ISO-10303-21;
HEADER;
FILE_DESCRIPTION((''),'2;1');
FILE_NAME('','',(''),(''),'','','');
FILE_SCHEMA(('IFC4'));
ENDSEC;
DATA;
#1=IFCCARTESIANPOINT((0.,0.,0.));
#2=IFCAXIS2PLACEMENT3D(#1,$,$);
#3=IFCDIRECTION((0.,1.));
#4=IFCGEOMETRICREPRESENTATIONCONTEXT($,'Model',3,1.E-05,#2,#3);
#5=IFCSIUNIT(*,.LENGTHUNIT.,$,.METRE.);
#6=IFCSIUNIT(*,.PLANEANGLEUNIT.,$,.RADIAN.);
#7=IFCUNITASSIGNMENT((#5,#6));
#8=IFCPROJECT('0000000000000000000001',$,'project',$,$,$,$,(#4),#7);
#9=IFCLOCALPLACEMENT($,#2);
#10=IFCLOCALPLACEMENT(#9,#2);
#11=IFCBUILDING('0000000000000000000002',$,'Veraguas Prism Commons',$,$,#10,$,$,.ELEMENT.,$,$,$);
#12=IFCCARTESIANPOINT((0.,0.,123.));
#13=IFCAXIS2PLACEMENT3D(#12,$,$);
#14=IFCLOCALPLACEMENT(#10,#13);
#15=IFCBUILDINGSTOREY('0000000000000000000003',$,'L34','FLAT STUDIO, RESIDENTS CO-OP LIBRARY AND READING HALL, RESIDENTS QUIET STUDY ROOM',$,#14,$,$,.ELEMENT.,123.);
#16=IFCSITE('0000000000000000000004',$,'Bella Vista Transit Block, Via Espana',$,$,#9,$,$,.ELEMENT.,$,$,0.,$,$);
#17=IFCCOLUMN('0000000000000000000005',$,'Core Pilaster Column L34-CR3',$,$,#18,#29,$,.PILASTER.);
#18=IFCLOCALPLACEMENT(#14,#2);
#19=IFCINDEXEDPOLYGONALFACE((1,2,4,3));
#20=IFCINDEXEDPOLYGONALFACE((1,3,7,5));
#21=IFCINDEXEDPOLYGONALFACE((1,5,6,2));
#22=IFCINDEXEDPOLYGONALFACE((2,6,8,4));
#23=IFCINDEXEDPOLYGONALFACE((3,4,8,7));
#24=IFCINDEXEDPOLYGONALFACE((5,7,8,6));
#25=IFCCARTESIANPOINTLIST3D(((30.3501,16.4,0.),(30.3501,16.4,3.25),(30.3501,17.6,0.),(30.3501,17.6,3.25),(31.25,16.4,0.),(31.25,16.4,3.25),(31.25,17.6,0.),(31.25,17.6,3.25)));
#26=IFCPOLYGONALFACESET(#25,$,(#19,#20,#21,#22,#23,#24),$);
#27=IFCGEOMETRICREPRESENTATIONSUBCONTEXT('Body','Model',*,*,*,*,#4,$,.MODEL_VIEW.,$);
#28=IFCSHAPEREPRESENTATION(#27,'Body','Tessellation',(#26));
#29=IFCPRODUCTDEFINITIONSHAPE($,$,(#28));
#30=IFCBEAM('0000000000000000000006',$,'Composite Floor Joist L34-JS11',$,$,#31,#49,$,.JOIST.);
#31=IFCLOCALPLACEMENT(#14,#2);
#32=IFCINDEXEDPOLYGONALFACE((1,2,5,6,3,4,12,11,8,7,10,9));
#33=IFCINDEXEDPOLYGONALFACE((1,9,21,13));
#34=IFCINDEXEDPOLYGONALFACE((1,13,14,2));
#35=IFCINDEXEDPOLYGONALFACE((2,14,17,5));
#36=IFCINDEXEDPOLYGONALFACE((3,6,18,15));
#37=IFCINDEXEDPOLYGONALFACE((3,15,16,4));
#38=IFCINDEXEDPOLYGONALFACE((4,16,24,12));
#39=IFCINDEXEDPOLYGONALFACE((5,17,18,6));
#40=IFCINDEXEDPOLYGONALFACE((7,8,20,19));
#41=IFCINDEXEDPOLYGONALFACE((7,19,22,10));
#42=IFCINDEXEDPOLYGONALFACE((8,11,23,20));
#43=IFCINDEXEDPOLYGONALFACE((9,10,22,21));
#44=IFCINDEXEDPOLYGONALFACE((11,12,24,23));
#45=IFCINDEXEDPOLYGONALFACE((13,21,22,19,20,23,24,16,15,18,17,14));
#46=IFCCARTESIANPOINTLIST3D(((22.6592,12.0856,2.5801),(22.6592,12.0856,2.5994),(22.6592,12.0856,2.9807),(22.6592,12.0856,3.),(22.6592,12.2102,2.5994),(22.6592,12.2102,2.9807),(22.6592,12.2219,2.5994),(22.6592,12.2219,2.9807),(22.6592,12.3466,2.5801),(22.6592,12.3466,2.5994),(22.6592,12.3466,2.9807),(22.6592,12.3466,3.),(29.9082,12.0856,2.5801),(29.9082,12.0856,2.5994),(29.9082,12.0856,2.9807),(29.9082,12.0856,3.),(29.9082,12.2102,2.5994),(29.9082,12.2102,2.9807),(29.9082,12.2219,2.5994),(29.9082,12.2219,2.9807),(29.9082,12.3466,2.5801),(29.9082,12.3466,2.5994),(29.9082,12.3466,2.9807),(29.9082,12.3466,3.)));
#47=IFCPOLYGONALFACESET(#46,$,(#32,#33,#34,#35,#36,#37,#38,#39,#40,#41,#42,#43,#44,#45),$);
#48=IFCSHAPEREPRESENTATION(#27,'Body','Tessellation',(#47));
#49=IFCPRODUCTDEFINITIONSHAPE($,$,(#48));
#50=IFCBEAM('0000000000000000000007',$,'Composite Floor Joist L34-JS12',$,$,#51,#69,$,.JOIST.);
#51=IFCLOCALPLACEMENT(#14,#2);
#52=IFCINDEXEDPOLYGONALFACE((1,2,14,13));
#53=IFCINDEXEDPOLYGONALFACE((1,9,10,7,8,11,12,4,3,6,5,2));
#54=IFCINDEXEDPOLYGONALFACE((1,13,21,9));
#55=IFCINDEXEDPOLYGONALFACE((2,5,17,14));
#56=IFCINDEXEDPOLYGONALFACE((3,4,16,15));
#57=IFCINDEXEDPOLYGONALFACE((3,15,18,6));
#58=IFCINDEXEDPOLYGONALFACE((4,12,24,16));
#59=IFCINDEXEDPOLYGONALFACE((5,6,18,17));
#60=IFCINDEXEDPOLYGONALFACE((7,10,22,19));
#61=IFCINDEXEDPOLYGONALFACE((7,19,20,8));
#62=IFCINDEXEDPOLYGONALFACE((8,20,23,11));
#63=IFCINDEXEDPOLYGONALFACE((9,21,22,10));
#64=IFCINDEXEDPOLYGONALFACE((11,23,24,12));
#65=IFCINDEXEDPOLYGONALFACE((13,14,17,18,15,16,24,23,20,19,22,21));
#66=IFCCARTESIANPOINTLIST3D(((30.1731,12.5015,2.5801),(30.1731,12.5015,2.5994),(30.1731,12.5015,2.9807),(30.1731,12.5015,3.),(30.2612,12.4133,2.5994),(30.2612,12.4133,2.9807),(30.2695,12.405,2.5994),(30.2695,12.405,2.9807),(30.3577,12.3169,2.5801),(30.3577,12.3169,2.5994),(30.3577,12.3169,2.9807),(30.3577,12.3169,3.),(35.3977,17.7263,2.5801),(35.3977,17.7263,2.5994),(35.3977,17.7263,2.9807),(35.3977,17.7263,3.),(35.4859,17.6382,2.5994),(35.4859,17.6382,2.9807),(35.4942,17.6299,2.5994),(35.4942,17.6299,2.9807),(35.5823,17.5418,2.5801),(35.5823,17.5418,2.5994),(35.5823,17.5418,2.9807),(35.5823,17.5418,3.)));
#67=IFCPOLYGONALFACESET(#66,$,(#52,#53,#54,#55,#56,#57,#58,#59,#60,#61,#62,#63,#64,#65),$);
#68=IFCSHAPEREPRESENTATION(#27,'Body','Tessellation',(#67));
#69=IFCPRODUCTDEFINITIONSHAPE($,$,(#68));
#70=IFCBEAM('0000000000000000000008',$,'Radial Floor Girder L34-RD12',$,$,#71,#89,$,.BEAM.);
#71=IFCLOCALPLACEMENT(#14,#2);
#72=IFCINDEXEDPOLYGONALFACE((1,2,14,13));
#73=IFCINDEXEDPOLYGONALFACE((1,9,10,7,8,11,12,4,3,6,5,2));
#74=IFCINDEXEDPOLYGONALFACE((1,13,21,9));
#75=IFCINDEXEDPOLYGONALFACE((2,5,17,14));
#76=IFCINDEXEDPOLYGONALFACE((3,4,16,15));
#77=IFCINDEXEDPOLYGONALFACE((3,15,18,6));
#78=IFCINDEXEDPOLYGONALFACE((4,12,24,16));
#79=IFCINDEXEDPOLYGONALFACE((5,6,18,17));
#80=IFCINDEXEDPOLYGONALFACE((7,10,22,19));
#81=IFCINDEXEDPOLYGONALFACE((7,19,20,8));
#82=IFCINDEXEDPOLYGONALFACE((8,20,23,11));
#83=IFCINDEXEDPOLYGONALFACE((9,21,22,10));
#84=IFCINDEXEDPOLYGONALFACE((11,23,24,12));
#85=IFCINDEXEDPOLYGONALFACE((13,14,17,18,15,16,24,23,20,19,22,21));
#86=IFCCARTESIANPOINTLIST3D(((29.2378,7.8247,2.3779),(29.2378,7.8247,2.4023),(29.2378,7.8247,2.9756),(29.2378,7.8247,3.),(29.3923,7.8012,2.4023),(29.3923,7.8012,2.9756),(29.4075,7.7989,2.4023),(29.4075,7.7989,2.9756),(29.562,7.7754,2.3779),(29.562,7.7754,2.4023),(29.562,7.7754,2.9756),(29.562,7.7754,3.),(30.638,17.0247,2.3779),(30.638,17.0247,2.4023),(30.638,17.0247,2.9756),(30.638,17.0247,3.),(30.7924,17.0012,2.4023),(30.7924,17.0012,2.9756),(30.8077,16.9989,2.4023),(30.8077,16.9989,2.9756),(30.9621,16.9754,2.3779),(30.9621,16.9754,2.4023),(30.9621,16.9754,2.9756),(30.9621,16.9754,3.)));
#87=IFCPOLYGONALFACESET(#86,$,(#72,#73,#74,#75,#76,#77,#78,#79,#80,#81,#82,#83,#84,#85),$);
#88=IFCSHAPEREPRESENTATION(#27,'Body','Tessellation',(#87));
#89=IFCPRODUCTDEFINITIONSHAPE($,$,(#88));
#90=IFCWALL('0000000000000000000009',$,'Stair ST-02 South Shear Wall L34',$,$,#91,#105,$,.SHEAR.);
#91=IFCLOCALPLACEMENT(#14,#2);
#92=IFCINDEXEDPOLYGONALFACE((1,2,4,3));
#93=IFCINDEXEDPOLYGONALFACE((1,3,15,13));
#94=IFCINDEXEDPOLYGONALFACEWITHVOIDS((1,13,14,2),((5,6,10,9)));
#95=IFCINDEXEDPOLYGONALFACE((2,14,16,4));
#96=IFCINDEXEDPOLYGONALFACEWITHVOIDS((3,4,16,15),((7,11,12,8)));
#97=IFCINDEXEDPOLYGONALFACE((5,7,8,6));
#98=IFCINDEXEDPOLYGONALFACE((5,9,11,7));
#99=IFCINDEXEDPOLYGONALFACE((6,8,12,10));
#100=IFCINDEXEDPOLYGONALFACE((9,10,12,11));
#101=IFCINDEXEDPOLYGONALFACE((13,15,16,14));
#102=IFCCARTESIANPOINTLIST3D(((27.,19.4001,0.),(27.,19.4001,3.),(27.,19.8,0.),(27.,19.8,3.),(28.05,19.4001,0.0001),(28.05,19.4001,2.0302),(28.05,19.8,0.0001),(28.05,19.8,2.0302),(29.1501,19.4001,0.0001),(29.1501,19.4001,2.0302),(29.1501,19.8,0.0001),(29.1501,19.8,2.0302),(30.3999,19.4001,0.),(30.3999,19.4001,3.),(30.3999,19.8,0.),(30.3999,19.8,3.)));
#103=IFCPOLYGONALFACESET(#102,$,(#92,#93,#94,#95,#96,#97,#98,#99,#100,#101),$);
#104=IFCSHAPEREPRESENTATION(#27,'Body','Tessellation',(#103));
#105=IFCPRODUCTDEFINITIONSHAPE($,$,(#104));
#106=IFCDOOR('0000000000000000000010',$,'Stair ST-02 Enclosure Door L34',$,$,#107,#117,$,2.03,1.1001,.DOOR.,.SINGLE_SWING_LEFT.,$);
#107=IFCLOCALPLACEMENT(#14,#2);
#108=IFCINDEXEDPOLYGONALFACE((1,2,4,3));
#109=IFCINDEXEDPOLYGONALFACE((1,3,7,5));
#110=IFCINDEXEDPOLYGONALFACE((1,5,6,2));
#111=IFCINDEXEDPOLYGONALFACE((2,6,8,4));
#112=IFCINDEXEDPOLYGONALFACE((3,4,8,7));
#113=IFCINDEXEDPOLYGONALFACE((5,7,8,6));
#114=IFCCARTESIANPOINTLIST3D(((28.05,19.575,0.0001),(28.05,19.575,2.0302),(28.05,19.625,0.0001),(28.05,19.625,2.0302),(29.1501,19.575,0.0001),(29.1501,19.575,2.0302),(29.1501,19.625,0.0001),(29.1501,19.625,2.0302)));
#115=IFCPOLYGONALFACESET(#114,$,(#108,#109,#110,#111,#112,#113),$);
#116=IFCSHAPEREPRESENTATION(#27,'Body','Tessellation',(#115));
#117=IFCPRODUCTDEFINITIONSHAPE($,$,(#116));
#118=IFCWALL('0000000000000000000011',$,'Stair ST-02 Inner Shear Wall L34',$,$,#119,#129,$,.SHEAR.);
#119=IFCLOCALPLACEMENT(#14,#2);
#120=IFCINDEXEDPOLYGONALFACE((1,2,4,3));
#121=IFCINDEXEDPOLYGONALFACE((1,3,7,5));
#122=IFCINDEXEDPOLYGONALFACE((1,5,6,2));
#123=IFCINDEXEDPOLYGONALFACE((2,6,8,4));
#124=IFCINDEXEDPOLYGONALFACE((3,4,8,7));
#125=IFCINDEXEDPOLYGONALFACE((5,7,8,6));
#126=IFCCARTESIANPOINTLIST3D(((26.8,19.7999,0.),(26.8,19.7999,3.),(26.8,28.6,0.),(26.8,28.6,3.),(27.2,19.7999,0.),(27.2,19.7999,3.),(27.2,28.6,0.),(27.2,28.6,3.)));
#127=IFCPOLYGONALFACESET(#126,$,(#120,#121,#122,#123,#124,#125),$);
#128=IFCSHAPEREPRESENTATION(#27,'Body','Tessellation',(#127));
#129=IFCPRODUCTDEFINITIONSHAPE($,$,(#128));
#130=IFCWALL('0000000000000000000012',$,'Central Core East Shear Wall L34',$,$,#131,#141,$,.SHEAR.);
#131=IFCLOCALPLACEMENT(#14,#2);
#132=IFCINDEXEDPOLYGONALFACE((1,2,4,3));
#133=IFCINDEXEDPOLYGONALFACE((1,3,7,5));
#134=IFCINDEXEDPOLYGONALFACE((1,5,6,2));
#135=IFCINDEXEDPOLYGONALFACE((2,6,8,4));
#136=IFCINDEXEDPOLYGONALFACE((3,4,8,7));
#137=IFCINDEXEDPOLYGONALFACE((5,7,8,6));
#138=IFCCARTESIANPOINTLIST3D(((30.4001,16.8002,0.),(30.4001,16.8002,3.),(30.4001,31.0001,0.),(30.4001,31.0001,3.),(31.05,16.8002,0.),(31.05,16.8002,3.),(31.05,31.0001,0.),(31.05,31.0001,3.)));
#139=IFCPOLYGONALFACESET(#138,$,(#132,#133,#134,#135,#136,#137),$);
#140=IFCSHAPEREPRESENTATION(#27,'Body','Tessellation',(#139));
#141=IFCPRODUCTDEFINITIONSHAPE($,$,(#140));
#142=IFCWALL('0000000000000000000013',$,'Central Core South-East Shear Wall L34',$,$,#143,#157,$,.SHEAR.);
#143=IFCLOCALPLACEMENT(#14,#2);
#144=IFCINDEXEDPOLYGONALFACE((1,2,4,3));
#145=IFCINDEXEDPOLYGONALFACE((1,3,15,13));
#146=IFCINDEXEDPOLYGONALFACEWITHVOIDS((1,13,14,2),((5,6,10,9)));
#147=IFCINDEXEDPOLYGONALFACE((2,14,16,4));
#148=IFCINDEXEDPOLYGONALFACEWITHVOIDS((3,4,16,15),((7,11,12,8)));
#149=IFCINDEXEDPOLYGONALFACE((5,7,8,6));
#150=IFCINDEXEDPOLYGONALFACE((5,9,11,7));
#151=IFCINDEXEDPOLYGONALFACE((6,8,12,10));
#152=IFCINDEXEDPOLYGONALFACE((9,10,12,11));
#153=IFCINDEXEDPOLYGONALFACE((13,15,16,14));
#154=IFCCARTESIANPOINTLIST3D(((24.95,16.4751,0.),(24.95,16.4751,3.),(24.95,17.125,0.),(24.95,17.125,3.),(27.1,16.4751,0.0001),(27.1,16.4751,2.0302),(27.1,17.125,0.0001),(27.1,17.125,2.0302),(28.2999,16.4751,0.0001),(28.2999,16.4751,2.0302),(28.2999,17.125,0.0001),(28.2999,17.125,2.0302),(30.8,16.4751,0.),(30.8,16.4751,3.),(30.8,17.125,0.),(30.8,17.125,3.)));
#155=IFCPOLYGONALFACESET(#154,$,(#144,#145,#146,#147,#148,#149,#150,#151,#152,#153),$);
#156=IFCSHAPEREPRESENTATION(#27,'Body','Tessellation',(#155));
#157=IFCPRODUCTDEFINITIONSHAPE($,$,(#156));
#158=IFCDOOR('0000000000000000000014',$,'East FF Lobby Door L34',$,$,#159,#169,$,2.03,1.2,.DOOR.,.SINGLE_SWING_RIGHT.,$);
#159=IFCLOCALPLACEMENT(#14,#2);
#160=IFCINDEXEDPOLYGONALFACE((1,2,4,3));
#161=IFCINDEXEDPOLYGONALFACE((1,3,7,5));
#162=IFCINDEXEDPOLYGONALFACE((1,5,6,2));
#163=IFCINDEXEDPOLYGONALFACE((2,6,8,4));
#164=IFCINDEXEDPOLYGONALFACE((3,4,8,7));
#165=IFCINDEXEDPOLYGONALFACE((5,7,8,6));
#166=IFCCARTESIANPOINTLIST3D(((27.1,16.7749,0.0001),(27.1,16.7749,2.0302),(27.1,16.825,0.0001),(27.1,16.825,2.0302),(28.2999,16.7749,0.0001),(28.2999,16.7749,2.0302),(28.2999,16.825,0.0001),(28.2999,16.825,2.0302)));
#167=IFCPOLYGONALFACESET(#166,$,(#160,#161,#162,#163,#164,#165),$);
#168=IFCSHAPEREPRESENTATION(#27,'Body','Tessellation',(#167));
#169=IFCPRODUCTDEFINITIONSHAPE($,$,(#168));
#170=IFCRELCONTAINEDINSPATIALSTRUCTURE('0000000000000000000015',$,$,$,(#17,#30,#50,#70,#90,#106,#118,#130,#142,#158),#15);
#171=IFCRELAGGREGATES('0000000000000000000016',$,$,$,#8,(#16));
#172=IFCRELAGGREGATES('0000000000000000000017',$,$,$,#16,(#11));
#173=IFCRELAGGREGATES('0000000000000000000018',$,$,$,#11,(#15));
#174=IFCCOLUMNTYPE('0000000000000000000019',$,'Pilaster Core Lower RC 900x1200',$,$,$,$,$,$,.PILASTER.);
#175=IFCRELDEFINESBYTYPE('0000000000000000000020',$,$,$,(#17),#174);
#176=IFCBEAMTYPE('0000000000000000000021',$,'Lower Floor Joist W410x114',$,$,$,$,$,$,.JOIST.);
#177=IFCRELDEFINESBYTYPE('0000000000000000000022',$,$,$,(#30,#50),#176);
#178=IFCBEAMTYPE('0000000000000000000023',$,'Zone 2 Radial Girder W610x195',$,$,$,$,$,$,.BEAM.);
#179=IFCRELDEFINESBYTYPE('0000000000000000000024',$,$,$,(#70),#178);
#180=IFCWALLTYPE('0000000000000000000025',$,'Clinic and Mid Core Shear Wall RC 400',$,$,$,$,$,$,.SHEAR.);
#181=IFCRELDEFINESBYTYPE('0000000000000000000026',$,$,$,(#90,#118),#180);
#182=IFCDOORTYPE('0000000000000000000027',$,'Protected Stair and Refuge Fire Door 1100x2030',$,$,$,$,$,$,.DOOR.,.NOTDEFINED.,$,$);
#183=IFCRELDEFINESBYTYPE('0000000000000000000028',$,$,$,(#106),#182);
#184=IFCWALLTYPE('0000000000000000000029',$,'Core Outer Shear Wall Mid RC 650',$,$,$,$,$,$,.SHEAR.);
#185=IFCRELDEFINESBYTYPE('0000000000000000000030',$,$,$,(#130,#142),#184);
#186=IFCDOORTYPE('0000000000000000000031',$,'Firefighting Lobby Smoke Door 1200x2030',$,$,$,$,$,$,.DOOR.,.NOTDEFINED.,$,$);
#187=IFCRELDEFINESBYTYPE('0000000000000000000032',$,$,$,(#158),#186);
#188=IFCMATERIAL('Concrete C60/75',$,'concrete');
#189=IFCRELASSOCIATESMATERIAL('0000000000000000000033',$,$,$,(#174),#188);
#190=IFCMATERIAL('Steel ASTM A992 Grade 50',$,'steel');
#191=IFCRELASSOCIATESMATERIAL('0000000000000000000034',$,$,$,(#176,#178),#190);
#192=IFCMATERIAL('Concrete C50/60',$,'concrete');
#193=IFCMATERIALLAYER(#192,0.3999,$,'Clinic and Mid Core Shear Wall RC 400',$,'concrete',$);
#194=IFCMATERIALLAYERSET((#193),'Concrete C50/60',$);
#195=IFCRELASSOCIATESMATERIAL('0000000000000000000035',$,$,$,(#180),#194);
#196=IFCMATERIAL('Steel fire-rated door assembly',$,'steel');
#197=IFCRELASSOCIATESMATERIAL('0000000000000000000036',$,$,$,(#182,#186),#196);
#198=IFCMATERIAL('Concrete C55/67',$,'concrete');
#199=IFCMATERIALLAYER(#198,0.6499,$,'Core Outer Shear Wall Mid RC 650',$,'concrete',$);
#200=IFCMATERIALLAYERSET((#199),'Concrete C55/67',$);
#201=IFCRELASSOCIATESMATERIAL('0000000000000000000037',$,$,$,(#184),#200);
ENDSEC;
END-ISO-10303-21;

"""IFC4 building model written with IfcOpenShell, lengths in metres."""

from ifc_helpers import new_model, si_unit, direction, frame, frame_2d, origin, origin_2d, place, context, subcontext, project, spatial, rectangle, i_section, extrude, source, transform, mapped, material, layer, layer_set, material_profile, profile_set, type_object, element, fill, save


model = new_model("IFC4")

# Units and contexts
model_context = context("Model", 3, precision=1e-05, world=origin(), true_north=direction((0.0, 1.0)))
body_context = subcontext(model_context, "Body", "Model", "MODEL_VIEW")
ifc_project = project(units=[si_unit("LENGTHUNIT", "METRE"), si_unit("PLANEANGLEUNIT", "RADIAN")], contexts=[model_context])

# Site, building, storey
site_placement = place(None, origin())
site = spatial("IfcSite", under=ifc_project, at=site_placement, Name="Bella Vista Transit Block, Via Espana", CompositionType="ELEMENT", RefElevation=0.0)
building_placement = place(site_placement, origin())
building = spatial("IfcBuilding", under=site, at=building_placement, Name="Veraguas Prism Commons", CompositionType="ELEMENT")
storey_placement = place(building_placement, frame((0.0, 0.0, 123.0)))
storey = spatial("IfcBuildingStorey", under=building, at=storey_placement, Name="L34", Description="FLAT STUDIO, RESIDENTS CO-OP LIBRARY AND READING HALL, RESIDENTS QUIET STUDY ROOM", CompositionType="ELEMENT", Elevation=123.0)

# Column
ifc_material_1 = material(Name="Concrete C60/75", Category="concrete")
ifc_material_profile_1 = material_profile(ifc_material_1, rectangle(XDim=0.8999, YDim=1.2, at=origin_2d()), Name="RC900X1200")
ifc_profile_set_1 = profile_set([ifc_material_profile_1], Name="Concrete C60/75")
column_type = type_object("IfcColumnType", Name="Pilaster Core Lower RC 900x1200", PredefinedType="PILASTER", material=ifc_profile_set_1)
column_placement = place(storey_placement, frame((30.8, 17.0, 0.0), z_axis=(0.0, 0.0, 1.0), x_axis=(1.0, 0.0, 0.0)))
element("IfcColumn", 1, at=column_placement, inside=storey, type_object=column_type, Name="Core Pilaster Column L34-CR3", PredefinedType="PILASTER", context=body_context, shape_type="SweptSolid", body=[
    extrude(rectangle(XDim=0.8999, YDim=1.2, at=origin_2d()), origin(), (0.0, 0.0, 1.0), 3.25),
])

# Beams
ifc_material_2 = material(Name="Steel ASTM A992 Grade 50", Category="steel")
ifc_material_profile_2 = material_profile(ifc_material_2, i_section(OverallWidth=0.261, OverallDepth=0.4199, WebThickness=0.0117, FlangeThickness=0.0193, at=origin_2d()), Name="W410X114")
ifc_profile_set_2 = profile_set([ifc_material_profile_2], Name="Steel ASTM A992 Grade 50")
beam_type_1 = type_object("IfcBeamType", Name="Lower Floor Joist W410x114", PredefinedType="JOIST", material=ifc_profile_set_2)
beam_1_placement = place(storey_placement, frame((22.6592, 12.2161, 2.79), z_axis=(1.0, 0.0, 0.0), x_axis=(0.0, 1.0, 0.0)))
element("IfcBeam", 2, at=beam_1_placement, inside=storey, type_object=beam_type_1, Name="Composite Floor Joist L34-JS11", PredefinedType="JOIST", context=body_context, shape_type="SweptSolid", body=[
    extrude(i_section(OverallWidth=0.261, OverallDepth=0.4199, WebThickness=0.0117, FlangeThickness=0.0193, at=origin_2d()), origin(), (0.0, 0.0, 1.0), 7.249),
])
beam_2_placement = place(storey_placement, frame((30.2654, 12.4092, 2.79), z_axis=(0.70709, 0.707123, 0.0), x_axis=(-0.707123, 0.70709, 0.0)))
element("IfcBeam", 3, at=beam_2_placement, inside=storey, type_object=beam_type_1, Name="Composite Floor Joist L34-JS12", PredefinedType="JOIST", context=body_context, shape_type="SweptSolid", body=[
    extrude(i_section(OverallWidth=0.261, OverallDepth=0.4199, WebThickness=0.0117, FlangeThickness=0.0193, at=origin_2d()), origin(), (0.0, 0.0, 1.0), 7.3889),
])
ifc_material_profile_3 = material_profile(ifc_material_2, i_section(OverallWidth=0.3279, OverallDepth=0.6221, WebThickness=0.0154, FlangeThickness=0.0244, at=origin_2d()), Name="W610X195")
ifc_profile_set_3 = profile_set([ifc_material_profile_3], Name="Steel ASTM A992 Grade 50")
beam_type_2 = type_object("IfcBeamType", Name="Zone 2 Radial Girder W610x195", PredefinedType="BEAM", material=ifc_profile_set_3)
beam_3_placement = place(storey_placement, frame((29.3999, 7.8, 2.689), z_axis=(0.150458, 0.988616, 0.0), x_axis=(-0.988616, 0.150458, 0.0)))
element("IfcBeam", 4, at=beam_3_placement, inside=storey, type_object=beam_type_2, Name="Radial Floor Girder L34-RD12", PredefinedType="BEAM", context=body_context, shape_type="SweptSolid", body=[
    extrude(i_section(OverallWidth=0.3279, OverallDepth=0.6221, WebThickness=0.0154, FlangeThickness=0.0244, at=origin_2d()), origin(), (0.0, 0.0, 1.0), 9.3059),
])

# Wall, opening, door
ifc_material_3 = material(Name="Concrete C50/60", Category="concrete")
ifc_layer_1 = layer(ifc_material_3, 0.3999, Name="Clinic and Mid Core Shear Wall RC 400", Category="concrete")
ifc_layer_set_1 = layer_set([ifc_layer_1], Name="Concrete C50/60")
wall_type_1 = type_object("IfcWallType", Name="Clinic and Mid Core Shear Wall RC 400", PredefinedType="SHEAR", material=ifc_layer_set_1)
wall_1_placement = place(storey_placement, frame((27.0, 19.6001, 0.0), z_axis=(0.0, 0.0, 1.0), x_axis=(1.0, 0.0, 0.0)))
wall_1 = element("IfcWall", 5, at=wall_1_placement, inside=storey, type_object=wall_type_1, Name="Stair ST-02 South Shear Wall L34", PredefinedType="SHEAR", context=body_context, shape_type="SweptSolid", body=[
    extrude(rectangle(XDim=3.3999, YDim=0.3999, at=frame_2d((1.7, 0.0))), origin(), (0.0, 0.0, 1.0), 3.0),
])
opening_1_placement = place(wall_1_placement, frame((1.05, 0.0, 0.0)))
opening_1 = element("IfcOpeningElement", 6, at=opening_1_placement, cuts=wall_1, PredefinedType="OPENING", context=body_context, shape_type="SweptSolid", body=[
    extrude(rectangle(XDim=1.1001, YDim=2.03, at=frame_2d((0.55, 1.0151))), frame((0.0, 0.21, 0.0), z_axis=(0.0, -1.0, 0.0), x_axis=(1.0, 0.0, 0.0)), (0.0, 0.0, 1.0), 0.4199),
])
ifc_material_4 = material(Name="Steel fire-rated door assembly", Category="steel")
door_type_1 = type_object("IfcDoorType", Name="Protected Stair and Refuge Fire Door 1100x2030", OperationType="NOTDEFINED", PredefinedType="DOOR", material=ifc_material_4)
shared_shape_1 = source(origin(), body_context, "Body", "SweptSolid", [
    extrude(rectangle(XDim=1.1001, YDim=2.03, at=frame_2d((0.55, 1.0151))), frame((0.0, 0.0249, 0.0), z_axis=(0.0, -1.0, 0.0), x_axis=(1.0, 0.0, 0.0)), (0.0, 0.0, 1.0), 0.05),
])
door_1_placement = place(opening_1_placement, origin())
door_1 = element("IfcDoor", 7, at=door_1_placement, inside=storey, type_object=door_type_1, Name="Stair ST-02 Enclosure Door L34", OperationType="SINGLE_SWING_LEFT", OverallHeight=2.03, OverallWidth=1.1001, PredefinedType="DOOR", context=body_context, shape_type="MappedRepresentation", body=[
    mapped(shared_shape_1, transform((0.0, 0.0, 0.0), scale=1.0)),
])
fill(opening_1, door_1)

# Walls
wall_2_placement = place(storey_placement, frame((27.0, 19.8, 0.0), z_axis=(0.0, 0.0, 1.0), x_axis=(0.0, 1.0, 0.0)))
element("IfcWall", 8, at=wall_2_placement, inside=storey, type_object=wall_type_1, Name="Stair ST-02 Inner Shear Wall L34", PredefinedType="SHEAR", context=body_context, shape_type="SweptSolid", body=[
    extrude(rectangle(XDim=8.8, YDim=0.3999, at=frame_2d((4.3999, 0.0))), origin(), (0.0, 0.0, 1.0), 3.0),
])
ifc_material_5 = material(Name="Concrete C55/67", Category="concrete")
ifc_layer_2 = layer(ifc_material_5, 0.6499, Name="Core Outer Shear Wall Mid RC 650", Category="concrete")
ifc_layer_set_2 = layer_set([ifc_layer_2], Name="Concrete C55/67")
wall_type_2 = type_object("IfcWallType", Name="Core Outer Shear Wall Mid RC 650", PredefinedType="SHEAR", material=ifc_layer_set_2)
wall_3_placement = place(storey_placement, frame((30.7251, 16.8, 0.0), z_axis=(0.0, 0.0, 1.0), x_axis=(0.0, 1.0, 0.0)))
element("IfcWall", 9, at=wall_3_placement, inside=storey, type_object=wall_type_2, Name="Central Core East Shear Wall L34", PredefinedType="SHEAR", context=body_context, shape_type="SweptSolid", body=[
    extrude(rectangle(XDim=14.2, YDim=0.6499, at=frame_2d((7.1001, 0.0))), origin(), (0.0, 0.0, 1.0), 3.0),
])

# Wall, opening, door
wall_4_placement = place(storey_placement, frame((24.95, 16.8, 0.0), z_axis=(0.0, 0.0, 1.0), x_axis=(1.0, 0.0, 0.0)))
wall_4 = element("IfcWall", 10, at=wall_4_placement, inside=storey, type_object=wall_type_2, Name="Central Core South-East Shear Wall L34", PredefinedType="SHEAR", context=body_context, shape_type="SweptSolid", body=[
    extrude(rectangle(XDim=5.8501, YDim=0.6499, at=frame_2d((2.925, 0.0))), origin(), (0.0, 0.0, 1.0), 3.0),
])
opening_2_placement = place(wall_4_placement, frame((2.1499, 0.0, 0.0)))
opening_2 = element("IfcOpeningElement", 11, at=opening_2_placement, cuts=wall_4, PredefinedType="OPENING", context=body_context, shape_type="SweptSolid", body=[
    extrude(rectangle(XDim=1.2, YDim=2.03, at=frame_2d((0.6001, 1.0151))), frame((0.0, 0.335, 0.0), z_axis=(0.0, -1.0, 0.0), x_axis=(1.0, 0.0, 0.0)), (0.0, 0.0, 1.0), 0.6699),
])
door_type_2 = type_object("IfcDoorType", Name="Firefighting Lobby Smoke Door 1200x2030", OperationType="NOTDEFINED", PredefinedType="DOOR", material=ifc_material_4)
shared_shape_2 = source(origin(), body_context, "Body", "SweptSolid", [
    extrude(rectangle(XDim=1.2, YDim=2.03, at=frame_2d((0.6001, 1.0151))), frame((0.0, 0.0249, 0.0), z_axis=(0.0, -1.0, 0.0), x_axis=(1.0, 0.0, 0.0)), (0.0, 0.0, 1.0), 0.05),
])
door_2_placement = place(opening_2_placement, origin())
door_2 = element("IfcDoor", 12, at=door_2_placement, inside=storey, type_object=door_type_2, Name="East FF Lobby Door L34", OperationType="SINGLE_SWING_RIGHT", OverallHeight=2.03, OverallWidth=1.2, PredefinedType="DOOR", context=body_context, shape_type="MappedRepresentation", body=[
    mapped(shared_shape_2, transform((0.0, 0.0, 0.0), scale=1.0)),
])
fill(opening_2, door_2)

save(model, "model.ifc")
